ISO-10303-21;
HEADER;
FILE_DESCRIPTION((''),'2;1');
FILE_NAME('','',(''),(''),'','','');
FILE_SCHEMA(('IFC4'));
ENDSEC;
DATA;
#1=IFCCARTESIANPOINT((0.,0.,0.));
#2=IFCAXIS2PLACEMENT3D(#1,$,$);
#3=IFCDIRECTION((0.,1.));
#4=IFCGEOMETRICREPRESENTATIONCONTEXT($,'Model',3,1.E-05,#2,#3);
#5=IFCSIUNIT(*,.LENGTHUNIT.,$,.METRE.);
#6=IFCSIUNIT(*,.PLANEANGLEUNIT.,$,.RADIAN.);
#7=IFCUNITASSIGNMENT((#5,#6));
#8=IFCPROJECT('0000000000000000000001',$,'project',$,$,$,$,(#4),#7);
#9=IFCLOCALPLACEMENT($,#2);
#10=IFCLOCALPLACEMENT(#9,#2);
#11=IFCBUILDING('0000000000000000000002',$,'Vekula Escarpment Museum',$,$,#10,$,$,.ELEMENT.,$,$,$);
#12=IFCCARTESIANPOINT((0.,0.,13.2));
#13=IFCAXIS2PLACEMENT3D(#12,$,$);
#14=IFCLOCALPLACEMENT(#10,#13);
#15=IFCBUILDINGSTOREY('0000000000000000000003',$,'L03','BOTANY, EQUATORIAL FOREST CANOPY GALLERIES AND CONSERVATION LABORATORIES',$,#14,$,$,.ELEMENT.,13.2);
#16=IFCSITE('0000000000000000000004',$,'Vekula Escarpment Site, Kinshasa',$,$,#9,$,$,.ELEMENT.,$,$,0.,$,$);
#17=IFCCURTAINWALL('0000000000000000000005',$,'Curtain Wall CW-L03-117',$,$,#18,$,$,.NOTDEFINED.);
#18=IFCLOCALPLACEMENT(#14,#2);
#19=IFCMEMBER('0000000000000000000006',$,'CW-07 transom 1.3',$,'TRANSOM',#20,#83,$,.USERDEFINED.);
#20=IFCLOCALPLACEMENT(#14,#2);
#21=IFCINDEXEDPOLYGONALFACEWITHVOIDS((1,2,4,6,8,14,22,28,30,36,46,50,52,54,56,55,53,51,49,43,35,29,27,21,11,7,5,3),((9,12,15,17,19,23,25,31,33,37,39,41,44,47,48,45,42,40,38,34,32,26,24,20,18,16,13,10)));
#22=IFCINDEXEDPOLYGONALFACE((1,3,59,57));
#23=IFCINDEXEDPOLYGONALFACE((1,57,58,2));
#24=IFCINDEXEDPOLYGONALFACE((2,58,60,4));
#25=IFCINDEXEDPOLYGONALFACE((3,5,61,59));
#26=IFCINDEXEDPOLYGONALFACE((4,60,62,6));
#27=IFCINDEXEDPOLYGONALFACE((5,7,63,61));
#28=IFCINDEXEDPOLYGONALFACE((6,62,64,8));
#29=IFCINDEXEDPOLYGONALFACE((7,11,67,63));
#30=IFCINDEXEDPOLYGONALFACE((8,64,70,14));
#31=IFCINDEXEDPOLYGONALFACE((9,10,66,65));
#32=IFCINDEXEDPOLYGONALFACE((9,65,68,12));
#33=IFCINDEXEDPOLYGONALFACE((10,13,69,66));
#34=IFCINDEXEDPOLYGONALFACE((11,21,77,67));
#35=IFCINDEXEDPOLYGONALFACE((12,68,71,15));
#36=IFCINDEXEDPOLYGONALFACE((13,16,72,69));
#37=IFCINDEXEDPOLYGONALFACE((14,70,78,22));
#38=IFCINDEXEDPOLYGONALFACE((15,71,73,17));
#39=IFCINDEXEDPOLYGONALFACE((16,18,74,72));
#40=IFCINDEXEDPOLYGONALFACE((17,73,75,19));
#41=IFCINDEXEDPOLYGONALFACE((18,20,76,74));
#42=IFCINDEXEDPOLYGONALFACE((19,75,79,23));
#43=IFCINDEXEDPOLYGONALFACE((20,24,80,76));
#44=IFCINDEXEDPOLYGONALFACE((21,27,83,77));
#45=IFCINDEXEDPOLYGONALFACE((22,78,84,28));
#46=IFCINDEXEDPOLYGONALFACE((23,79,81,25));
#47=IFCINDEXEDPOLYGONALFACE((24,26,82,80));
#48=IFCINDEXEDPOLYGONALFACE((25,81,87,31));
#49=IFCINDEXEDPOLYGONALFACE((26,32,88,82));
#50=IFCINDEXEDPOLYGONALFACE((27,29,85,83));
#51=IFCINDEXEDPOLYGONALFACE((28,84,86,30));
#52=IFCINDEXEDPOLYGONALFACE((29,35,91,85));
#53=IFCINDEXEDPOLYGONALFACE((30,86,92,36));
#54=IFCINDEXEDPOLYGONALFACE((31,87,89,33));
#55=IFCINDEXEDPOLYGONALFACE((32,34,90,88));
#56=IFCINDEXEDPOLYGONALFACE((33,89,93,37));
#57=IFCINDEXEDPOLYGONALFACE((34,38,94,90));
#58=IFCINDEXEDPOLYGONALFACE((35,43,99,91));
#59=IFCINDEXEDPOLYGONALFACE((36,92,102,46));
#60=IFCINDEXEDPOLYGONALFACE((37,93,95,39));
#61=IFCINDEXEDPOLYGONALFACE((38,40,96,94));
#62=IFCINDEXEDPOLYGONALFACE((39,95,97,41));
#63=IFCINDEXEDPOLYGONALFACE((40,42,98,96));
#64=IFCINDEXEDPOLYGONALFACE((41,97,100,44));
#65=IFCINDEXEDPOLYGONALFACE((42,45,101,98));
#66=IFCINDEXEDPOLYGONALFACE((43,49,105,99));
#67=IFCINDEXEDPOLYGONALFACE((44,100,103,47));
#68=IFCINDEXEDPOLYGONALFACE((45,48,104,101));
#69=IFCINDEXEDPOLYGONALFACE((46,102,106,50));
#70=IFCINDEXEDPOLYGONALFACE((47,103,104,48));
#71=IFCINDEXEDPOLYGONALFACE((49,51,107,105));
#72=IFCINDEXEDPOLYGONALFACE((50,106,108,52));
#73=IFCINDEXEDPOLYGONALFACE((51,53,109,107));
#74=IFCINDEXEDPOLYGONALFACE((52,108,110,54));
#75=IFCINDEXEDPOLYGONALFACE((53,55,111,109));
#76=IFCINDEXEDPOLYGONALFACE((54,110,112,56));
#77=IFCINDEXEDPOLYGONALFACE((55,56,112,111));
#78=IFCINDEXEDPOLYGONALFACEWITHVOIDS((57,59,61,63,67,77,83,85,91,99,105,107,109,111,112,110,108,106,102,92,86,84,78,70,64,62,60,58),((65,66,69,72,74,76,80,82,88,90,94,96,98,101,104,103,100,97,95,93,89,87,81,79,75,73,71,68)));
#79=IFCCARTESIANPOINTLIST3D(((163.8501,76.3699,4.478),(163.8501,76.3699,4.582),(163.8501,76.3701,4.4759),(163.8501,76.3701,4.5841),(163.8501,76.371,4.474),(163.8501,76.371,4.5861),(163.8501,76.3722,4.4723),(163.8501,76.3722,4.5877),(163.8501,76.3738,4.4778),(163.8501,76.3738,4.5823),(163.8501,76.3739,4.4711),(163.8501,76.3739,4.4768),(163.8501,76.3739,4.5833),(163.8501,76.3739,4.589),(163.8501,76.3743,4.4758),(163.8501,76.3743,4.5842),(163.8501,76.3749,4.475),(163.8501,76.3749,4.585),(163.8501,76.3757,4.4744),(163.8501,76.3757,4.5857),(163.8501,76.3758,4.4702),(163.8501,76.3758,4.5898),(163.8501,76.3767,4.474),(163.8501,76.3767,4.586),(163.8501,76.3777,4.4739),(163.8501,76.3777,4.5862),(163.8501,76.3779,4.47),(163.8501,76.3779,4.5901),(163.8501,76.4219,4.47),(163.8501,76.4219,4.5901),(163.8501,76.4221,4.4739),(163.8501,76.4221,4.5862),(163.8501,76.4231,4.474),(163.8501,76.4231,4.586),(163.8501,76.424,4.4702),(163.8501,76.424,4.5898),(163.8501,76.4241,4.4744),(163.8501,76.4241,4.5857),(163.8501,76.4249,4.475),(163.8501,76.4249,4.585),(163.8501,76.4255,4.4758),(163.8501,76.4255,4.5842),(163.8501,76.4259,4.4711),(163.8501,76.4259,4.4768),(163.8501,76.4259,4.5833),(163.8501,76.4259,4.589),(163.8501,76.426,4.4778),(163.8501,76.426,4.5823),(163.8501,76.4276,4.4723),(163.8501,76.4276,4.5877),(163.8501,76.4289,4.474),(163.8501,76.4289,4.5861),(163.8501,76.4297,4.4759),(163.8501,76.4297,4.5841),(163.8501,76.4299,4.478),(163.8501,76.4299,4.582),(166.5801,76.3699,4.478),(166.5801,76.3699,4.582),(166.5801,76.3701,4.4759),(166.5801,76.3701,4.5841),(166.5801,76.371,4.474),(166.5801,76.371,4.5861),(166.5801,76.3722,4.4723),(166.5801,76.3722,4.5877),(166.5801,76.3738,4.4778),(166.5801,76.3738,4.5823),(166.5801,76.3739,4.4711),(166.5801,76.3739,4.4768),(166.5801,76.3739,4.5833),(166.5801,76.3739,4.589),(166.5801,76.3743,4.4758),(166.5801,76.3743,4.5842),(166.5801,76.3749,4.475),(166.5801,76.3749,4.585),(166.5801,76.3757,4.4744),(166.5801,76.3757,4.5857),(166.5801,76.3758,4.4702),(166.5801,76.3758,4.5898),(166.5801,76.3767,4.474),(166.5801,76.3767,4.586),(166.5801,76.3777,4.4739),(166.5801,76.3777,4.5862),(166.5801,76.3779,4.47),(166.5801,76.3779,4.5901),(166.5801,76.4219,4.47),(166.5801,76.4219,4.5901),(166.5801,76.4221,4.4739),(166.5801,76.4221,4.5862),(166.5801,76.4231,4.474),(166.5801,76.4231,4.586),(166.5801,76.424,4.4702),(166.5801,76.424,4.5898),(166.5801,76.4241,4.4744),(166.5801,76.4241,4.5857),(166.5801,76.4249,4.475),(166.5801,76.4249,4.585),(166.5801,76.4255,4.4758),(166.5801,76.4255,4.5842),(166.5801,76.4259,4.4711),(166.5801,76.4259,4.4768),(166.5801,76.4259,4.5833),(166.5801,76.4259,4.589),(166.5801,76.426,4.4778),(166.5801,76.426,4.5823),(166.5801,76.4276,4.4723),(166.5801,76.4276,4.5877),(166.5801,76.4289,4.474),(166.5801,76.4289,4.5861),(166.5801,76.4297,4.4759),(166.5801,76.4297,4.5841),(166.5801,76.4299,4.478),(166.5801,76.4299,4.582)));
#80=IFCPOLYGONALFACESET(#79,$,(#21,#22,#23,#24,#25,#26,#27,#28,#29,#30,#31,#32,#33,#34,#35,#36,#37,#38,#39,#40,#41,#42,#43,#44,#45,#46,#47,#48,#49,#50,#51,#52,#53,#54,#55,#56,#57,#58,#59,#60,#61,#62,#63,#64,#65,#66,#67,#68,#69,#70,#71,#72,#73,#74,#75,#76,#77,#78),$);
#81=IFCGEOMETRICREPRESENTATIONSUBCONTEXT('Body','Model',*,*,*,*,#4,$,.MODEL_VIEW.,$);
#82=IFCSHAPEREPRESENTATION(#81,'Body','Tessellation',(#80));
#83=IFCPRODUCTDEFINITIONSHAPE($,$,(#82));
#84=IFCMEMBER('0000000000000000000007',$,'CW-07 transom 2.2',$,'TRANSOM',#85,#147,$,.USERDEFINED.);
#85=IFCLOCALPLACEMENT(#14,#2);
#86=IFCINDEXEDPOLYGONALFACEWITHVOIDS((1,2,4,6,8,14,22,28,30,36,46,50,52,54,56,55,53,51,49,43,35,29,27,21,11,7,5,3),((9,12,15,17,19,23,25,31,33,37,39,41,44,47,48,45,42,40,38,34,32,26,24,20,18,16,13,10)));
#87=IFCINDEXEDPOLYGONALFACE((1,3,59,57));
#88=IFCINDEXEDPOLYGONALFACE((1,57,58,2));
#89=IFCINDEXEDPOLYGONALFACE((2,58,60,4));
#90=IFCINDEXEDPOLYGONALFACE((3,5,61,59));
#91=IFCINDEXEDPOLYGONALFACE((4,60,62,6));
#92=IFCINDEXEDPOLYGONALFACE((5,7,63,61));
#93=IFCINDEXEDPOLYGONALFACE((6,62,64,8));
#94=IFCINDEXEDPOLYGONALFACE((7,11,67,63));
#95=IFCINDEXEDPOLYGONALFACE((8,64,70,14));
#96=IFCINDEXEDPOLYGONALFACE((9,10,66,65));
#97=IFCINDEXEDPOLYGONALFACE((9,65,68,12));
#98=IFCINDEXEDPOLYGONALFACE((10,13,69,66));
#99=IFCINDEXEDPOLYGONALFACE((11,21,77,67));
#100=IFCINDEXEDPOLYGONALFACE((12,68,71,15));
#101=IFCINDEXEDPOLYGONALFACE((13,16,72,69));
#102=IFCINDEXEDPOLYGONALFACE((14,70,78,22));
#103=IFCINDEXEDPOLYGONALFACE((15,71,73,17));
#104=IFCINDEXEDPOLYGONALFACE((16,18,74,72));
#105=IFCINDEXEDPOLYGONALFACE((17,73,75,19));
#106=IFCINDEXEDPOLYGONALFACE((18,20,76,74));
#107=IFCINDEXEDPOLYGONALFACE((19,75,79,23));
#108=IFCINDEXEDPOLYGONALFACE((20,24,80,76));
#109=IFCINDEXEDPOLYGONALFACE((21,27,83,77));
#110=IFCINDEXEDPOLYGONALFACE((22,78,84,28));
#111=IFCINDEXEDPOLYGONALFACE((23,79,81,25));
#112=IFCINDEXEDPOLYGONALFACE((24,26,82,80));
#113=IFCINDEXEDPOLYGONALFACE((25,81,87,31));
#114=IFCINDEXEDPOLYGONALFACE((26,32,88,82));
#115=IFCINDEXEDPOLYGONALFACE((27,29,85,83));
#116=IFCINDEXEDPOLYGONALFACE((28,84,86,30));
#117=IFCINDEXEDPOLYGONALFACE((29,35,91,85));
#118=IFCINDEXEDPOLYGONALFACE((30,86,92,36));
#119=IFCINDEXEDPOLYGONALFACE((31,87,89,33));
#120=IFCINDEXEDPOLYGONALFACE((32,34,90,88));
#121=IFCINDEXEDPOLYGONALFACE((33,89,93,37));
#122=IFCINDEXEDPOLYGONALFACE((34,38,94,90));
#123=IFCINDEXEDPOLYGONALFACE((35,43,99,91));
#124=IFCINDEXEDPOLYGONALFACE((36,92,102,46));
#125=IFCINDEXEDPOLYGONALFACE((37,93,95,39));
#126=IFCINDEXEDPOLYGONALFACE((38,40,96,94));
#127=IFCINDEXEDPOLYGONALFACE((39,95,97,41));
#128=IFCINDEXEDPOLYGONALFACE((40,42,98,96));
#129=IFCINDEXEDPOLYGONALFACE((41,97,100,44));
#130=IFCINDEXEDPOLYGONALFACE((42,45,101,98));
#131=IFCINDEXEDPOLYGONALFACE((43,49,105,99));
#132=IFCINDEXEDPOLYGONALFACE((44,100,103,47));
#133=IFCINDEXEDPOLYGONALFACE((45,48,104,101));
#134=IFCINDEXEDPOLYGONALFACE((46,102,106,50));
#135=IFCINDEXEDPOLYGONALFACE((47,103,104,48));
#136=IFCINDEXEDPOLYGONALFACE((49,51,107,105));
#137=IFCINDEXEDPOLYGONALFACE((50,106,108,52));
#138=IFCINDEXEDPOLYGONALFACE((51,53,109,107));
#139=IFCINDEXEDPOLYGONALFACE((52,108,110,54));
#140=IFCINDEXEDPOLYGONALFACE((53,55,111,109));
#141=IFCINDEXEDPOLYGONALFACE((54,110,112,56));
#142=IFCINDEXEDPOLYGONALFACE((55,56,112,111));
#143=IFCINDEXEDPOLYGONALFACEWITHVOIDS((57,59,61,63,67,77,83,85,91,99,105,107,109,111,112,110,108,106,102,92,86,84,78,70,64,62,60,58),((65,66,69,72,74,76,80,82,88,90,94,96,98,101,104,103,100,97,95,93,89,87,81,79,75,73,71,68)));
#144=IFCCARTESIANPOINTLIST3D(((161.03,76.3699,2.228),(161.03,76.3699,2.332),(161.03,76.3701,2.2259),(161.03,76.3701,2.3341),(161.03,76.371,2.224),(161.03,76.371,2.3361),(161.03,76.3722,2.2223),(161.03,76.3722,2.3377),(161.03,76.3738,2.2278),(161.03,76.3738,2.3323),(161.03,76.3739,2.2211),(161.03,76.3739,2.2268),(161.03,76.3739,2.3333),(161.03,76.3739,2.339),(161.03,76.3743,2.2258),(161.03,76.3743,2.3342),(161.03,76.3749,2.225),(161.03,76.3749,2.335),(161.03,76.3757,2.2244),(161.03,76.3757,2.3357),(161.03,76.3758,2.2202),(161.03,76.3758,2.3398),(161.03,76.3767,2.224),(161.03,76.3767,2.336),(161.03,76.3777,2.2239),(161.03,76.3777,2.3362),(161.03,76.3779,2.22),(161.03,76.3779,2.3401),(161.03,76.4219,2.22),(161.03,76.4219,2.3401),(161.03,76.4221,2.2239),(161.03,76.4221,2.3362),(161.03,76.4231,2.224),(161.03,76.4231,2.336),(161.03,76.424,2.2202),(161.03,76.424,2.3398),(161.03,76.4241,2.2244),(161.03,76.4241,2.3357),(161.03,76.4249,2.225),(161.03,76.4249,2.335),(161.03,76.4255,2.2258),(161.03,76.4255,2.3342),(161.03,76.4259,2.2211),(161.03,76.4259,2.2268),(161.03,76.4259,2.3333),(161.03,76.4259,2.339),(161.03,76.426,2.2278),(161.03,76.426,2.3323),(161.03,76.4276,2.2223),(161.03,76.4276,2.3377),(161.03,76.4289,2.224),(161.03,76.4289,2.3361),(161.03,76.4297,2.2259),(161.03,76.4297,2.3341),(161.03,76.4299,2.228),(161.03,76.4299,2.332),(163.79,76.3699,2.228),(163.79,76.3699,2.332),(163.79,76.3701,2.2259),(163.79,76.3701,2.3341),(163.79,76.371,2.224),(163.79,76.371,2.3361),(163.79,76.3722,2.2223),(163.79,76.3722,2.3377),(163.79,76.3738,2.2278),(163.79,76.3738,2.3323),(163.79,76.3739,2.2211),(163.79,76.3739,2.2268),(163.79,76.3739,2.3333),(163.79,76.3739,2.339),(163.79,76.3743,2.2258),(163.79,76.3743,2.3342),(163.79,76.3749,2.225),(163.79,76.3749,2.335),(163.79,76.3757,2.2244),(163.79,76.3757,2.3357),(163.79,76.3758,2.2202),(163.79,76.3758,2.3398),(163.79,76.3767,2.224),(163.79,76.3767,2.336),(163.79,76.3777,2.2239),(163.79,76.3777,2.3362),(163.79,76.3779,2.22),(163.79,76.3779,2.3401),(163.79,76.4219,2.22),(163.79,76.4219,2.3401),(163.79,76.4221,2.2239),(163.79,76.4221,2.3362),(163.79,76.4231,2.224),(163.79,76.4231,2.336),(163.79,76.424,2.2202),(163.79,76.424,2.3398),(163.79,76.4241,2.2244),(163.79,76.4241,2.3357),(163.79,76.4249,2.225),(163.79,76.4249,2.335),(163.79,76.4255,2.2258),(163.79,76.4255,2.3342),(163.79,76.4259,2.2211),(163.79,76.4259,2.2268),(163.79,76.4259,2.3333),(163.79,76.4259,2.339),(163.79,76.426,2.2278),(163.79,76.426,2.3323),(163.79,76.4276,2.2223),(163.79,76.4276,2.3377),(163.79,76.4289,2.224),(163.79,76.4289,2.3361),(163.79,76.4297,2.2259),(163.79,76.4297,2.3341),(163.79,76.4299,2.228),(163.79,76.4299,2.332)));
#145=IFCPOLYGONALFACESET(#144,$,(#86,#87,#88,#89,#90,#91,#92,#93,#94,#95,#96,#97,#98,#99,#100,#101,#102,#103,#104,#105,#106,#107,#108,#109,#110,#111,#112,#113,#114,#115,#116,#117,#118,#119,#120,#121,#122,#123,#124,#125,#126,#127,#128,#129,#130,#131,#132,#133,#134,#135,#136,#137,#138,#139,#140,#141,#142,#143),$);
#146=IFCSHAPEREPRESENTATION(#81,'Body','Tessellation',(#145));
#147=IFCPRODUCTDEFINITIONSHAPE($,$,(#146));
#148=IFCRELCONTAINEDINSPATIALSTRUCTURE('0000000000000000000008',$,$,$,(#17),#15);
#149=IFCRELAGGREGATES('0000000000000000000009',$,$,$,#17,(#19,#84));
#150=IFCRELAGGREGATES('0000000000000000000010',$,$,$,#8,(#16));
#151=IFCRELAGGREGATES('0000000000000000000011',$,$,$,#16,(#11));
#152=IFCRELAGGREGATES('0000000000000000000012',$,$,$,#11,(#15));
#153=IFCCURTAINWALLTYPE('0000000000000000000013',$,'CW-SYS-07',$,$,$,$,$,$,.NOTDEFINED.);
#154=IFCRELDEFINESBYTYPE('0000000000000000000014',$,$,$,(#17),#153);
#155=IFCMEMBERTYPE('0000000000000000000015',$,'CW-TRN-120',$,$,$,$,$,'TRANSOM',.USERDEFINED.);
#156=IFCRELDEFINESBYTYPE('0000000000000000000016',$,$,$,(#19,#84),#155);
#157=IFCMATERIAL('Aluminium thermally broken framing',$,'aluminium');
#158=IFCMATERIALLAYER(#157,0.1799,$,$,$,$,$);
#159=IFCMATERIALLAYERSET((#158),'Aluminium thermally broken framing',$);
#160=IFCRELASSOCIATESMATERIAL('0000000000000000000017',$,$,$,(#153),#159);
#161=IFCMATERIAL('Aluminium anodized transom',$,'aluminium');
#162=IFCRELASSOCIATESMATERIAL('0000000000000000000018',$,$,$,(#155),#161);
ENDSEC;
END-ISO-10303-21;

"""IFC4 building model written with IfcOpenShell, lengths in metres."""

from ifc_helpers import new_model, si_unit, direction, frame, origin, origin_2d, place, context, subcontext, project, spatial, hollow_rectangle, extrude, material, layer, layer_set, material_profile, profile_set, type_object, element, aggregate, save


model = new_model("IFC4")

# Units and contexts
model_context = context("Model", 3, precision=1e-05, world=origin(), true_north=direction((0.0, 1.0)))
body_context = subcontext(model_context, "Body", "Model", "MODEL_VIEW")
ifc_project = project(units=[si_unit("LENGTHUNIT", "METRE"), si_unit("PLANEANGLEUNIT", "RADIAN")], contexts=[model_context])

# Site, building, storey
site_placement = place(None, origin())
site = spatial("IfcSite", under=ifc_project, at=site_placement, Name="Vekula Escarpment Site, Kinshasa", CompositionType="ELEMENT", RefElevation=0.0)
building_placement = place(site_placement, origin())
building = spatial("IfcBuilding", under=site, at=building_placement, Name="Vekula Escarpment Museum", CompositionType="ELEMENT")
storey_placement = place(building_placement, frame((0.0, 0.0, 13.2)))
storey = spatial("IfcBuildingStorey", under=building, at=storey_placement, Name="L03", Description="BOTANY, EQUATORIAL FOREST CANOPY GALLERIES AND CONSERVATION LABORATORIES", CompositionType="ELEMENT", Elevation=13.2)

# Curtain wall, members
ifc_material_1 = material(Name="Aluminium thermally broken framing", Category="aluminium")
ifc_layer_1 = layer(ifc_material_1, 0.1799)
ifc_layer_set_1 = layer_set([ifc_layer_1], Name="Aluminium thermally broken framing")
curtain_wall_type = type_object("IfcCurtainWallType", Name="CW-SYS-07", PredefinedType="NOTDEFINED", material=ifc_layer_set_1)
curtain_wall_placement = place(storey_placement, origin())
curtain_wall = element("IfcCurtainWall", 1, at=curtain_wall_placement, inside=storey, type_object=curtain_wall_type, Name="Curtain Wall CW-L03-117", PredefinedType="NOTDEFINED")
ifc_material_2 = material(Name="Aluminium anodized transom", Category="aluminium")
ifc_material_profile_1 = material_profile(ifc_material_2, hollow_rectangle(XDim=0.0601, YDim=0.1201, WallThickness=0.0039, InnerFilletRadius=0.0039, OuterFilletRadius=0.0081, at=origin_2d()), Name="ALU 120x60x4")
ifc_profile_set_1 = profile_set([ifc_material_profile_1], Name="Aluminium anodized transom")
member_type_1 = type_object("IfcMemberType", Name="CW-TRN-120", ElementType="TRANSOM", PredefinedType="USERDEFINED", material=ifc_profile_set_1)
member_1_placement = place(storey_placement, frame((166.5801, 76.3999, 4.53), z_axis=(-1.0, 0.0, 0.0), x_axis=(0.0, -1.0, 0.0)))
member_1 = element("IfcMember", 2, at=member_1_placement, type_object=member_type_1, Name="CW-07 transom 1.3", ObjectType="TRANSOM", PredefinedType="USERDEFINED", context=body_context, shape_type="SweptSolid", body=[
    extrude(hollow_rectangle(XDim=0.0601, YDim=0.1201, WallThickness=0.0039, InnerFilletRadius=0.0039, OuterFilletRadius=0.0081, at=origin_2d()), origin(), (0.0, 0.0, 1.0), 2.73),
])
member_2_placement = place(storey_placement, frame((163.79, 76.3999, 2.28), z_axis=(-1.0, 0.0, 0.0), x_axis=(0.0, -1.0, 0.0)))
member_2 = element("IfcMember", 3, at=member_2_placement, type_object=member_type_1, Name="CW-07 transom 2.2", ObjectType="TRANSOM", PredefinedType="USERDEFINED", context=body_context, shape_type="SweptSolid", body=[
    extrude(hollow_rectangle(XDim=0.0601, YDim=0.1201, WallThickness=0.0039, InnerFilletRadius=0.0039, OuterFilletRadius=0.0081, at=origin_2d()), origin(), (0.0, 0.0, 1.0), 2.76),
])
aggregate(curtain_wall, [member_1, member_2])

save(model, "model.ifc")
